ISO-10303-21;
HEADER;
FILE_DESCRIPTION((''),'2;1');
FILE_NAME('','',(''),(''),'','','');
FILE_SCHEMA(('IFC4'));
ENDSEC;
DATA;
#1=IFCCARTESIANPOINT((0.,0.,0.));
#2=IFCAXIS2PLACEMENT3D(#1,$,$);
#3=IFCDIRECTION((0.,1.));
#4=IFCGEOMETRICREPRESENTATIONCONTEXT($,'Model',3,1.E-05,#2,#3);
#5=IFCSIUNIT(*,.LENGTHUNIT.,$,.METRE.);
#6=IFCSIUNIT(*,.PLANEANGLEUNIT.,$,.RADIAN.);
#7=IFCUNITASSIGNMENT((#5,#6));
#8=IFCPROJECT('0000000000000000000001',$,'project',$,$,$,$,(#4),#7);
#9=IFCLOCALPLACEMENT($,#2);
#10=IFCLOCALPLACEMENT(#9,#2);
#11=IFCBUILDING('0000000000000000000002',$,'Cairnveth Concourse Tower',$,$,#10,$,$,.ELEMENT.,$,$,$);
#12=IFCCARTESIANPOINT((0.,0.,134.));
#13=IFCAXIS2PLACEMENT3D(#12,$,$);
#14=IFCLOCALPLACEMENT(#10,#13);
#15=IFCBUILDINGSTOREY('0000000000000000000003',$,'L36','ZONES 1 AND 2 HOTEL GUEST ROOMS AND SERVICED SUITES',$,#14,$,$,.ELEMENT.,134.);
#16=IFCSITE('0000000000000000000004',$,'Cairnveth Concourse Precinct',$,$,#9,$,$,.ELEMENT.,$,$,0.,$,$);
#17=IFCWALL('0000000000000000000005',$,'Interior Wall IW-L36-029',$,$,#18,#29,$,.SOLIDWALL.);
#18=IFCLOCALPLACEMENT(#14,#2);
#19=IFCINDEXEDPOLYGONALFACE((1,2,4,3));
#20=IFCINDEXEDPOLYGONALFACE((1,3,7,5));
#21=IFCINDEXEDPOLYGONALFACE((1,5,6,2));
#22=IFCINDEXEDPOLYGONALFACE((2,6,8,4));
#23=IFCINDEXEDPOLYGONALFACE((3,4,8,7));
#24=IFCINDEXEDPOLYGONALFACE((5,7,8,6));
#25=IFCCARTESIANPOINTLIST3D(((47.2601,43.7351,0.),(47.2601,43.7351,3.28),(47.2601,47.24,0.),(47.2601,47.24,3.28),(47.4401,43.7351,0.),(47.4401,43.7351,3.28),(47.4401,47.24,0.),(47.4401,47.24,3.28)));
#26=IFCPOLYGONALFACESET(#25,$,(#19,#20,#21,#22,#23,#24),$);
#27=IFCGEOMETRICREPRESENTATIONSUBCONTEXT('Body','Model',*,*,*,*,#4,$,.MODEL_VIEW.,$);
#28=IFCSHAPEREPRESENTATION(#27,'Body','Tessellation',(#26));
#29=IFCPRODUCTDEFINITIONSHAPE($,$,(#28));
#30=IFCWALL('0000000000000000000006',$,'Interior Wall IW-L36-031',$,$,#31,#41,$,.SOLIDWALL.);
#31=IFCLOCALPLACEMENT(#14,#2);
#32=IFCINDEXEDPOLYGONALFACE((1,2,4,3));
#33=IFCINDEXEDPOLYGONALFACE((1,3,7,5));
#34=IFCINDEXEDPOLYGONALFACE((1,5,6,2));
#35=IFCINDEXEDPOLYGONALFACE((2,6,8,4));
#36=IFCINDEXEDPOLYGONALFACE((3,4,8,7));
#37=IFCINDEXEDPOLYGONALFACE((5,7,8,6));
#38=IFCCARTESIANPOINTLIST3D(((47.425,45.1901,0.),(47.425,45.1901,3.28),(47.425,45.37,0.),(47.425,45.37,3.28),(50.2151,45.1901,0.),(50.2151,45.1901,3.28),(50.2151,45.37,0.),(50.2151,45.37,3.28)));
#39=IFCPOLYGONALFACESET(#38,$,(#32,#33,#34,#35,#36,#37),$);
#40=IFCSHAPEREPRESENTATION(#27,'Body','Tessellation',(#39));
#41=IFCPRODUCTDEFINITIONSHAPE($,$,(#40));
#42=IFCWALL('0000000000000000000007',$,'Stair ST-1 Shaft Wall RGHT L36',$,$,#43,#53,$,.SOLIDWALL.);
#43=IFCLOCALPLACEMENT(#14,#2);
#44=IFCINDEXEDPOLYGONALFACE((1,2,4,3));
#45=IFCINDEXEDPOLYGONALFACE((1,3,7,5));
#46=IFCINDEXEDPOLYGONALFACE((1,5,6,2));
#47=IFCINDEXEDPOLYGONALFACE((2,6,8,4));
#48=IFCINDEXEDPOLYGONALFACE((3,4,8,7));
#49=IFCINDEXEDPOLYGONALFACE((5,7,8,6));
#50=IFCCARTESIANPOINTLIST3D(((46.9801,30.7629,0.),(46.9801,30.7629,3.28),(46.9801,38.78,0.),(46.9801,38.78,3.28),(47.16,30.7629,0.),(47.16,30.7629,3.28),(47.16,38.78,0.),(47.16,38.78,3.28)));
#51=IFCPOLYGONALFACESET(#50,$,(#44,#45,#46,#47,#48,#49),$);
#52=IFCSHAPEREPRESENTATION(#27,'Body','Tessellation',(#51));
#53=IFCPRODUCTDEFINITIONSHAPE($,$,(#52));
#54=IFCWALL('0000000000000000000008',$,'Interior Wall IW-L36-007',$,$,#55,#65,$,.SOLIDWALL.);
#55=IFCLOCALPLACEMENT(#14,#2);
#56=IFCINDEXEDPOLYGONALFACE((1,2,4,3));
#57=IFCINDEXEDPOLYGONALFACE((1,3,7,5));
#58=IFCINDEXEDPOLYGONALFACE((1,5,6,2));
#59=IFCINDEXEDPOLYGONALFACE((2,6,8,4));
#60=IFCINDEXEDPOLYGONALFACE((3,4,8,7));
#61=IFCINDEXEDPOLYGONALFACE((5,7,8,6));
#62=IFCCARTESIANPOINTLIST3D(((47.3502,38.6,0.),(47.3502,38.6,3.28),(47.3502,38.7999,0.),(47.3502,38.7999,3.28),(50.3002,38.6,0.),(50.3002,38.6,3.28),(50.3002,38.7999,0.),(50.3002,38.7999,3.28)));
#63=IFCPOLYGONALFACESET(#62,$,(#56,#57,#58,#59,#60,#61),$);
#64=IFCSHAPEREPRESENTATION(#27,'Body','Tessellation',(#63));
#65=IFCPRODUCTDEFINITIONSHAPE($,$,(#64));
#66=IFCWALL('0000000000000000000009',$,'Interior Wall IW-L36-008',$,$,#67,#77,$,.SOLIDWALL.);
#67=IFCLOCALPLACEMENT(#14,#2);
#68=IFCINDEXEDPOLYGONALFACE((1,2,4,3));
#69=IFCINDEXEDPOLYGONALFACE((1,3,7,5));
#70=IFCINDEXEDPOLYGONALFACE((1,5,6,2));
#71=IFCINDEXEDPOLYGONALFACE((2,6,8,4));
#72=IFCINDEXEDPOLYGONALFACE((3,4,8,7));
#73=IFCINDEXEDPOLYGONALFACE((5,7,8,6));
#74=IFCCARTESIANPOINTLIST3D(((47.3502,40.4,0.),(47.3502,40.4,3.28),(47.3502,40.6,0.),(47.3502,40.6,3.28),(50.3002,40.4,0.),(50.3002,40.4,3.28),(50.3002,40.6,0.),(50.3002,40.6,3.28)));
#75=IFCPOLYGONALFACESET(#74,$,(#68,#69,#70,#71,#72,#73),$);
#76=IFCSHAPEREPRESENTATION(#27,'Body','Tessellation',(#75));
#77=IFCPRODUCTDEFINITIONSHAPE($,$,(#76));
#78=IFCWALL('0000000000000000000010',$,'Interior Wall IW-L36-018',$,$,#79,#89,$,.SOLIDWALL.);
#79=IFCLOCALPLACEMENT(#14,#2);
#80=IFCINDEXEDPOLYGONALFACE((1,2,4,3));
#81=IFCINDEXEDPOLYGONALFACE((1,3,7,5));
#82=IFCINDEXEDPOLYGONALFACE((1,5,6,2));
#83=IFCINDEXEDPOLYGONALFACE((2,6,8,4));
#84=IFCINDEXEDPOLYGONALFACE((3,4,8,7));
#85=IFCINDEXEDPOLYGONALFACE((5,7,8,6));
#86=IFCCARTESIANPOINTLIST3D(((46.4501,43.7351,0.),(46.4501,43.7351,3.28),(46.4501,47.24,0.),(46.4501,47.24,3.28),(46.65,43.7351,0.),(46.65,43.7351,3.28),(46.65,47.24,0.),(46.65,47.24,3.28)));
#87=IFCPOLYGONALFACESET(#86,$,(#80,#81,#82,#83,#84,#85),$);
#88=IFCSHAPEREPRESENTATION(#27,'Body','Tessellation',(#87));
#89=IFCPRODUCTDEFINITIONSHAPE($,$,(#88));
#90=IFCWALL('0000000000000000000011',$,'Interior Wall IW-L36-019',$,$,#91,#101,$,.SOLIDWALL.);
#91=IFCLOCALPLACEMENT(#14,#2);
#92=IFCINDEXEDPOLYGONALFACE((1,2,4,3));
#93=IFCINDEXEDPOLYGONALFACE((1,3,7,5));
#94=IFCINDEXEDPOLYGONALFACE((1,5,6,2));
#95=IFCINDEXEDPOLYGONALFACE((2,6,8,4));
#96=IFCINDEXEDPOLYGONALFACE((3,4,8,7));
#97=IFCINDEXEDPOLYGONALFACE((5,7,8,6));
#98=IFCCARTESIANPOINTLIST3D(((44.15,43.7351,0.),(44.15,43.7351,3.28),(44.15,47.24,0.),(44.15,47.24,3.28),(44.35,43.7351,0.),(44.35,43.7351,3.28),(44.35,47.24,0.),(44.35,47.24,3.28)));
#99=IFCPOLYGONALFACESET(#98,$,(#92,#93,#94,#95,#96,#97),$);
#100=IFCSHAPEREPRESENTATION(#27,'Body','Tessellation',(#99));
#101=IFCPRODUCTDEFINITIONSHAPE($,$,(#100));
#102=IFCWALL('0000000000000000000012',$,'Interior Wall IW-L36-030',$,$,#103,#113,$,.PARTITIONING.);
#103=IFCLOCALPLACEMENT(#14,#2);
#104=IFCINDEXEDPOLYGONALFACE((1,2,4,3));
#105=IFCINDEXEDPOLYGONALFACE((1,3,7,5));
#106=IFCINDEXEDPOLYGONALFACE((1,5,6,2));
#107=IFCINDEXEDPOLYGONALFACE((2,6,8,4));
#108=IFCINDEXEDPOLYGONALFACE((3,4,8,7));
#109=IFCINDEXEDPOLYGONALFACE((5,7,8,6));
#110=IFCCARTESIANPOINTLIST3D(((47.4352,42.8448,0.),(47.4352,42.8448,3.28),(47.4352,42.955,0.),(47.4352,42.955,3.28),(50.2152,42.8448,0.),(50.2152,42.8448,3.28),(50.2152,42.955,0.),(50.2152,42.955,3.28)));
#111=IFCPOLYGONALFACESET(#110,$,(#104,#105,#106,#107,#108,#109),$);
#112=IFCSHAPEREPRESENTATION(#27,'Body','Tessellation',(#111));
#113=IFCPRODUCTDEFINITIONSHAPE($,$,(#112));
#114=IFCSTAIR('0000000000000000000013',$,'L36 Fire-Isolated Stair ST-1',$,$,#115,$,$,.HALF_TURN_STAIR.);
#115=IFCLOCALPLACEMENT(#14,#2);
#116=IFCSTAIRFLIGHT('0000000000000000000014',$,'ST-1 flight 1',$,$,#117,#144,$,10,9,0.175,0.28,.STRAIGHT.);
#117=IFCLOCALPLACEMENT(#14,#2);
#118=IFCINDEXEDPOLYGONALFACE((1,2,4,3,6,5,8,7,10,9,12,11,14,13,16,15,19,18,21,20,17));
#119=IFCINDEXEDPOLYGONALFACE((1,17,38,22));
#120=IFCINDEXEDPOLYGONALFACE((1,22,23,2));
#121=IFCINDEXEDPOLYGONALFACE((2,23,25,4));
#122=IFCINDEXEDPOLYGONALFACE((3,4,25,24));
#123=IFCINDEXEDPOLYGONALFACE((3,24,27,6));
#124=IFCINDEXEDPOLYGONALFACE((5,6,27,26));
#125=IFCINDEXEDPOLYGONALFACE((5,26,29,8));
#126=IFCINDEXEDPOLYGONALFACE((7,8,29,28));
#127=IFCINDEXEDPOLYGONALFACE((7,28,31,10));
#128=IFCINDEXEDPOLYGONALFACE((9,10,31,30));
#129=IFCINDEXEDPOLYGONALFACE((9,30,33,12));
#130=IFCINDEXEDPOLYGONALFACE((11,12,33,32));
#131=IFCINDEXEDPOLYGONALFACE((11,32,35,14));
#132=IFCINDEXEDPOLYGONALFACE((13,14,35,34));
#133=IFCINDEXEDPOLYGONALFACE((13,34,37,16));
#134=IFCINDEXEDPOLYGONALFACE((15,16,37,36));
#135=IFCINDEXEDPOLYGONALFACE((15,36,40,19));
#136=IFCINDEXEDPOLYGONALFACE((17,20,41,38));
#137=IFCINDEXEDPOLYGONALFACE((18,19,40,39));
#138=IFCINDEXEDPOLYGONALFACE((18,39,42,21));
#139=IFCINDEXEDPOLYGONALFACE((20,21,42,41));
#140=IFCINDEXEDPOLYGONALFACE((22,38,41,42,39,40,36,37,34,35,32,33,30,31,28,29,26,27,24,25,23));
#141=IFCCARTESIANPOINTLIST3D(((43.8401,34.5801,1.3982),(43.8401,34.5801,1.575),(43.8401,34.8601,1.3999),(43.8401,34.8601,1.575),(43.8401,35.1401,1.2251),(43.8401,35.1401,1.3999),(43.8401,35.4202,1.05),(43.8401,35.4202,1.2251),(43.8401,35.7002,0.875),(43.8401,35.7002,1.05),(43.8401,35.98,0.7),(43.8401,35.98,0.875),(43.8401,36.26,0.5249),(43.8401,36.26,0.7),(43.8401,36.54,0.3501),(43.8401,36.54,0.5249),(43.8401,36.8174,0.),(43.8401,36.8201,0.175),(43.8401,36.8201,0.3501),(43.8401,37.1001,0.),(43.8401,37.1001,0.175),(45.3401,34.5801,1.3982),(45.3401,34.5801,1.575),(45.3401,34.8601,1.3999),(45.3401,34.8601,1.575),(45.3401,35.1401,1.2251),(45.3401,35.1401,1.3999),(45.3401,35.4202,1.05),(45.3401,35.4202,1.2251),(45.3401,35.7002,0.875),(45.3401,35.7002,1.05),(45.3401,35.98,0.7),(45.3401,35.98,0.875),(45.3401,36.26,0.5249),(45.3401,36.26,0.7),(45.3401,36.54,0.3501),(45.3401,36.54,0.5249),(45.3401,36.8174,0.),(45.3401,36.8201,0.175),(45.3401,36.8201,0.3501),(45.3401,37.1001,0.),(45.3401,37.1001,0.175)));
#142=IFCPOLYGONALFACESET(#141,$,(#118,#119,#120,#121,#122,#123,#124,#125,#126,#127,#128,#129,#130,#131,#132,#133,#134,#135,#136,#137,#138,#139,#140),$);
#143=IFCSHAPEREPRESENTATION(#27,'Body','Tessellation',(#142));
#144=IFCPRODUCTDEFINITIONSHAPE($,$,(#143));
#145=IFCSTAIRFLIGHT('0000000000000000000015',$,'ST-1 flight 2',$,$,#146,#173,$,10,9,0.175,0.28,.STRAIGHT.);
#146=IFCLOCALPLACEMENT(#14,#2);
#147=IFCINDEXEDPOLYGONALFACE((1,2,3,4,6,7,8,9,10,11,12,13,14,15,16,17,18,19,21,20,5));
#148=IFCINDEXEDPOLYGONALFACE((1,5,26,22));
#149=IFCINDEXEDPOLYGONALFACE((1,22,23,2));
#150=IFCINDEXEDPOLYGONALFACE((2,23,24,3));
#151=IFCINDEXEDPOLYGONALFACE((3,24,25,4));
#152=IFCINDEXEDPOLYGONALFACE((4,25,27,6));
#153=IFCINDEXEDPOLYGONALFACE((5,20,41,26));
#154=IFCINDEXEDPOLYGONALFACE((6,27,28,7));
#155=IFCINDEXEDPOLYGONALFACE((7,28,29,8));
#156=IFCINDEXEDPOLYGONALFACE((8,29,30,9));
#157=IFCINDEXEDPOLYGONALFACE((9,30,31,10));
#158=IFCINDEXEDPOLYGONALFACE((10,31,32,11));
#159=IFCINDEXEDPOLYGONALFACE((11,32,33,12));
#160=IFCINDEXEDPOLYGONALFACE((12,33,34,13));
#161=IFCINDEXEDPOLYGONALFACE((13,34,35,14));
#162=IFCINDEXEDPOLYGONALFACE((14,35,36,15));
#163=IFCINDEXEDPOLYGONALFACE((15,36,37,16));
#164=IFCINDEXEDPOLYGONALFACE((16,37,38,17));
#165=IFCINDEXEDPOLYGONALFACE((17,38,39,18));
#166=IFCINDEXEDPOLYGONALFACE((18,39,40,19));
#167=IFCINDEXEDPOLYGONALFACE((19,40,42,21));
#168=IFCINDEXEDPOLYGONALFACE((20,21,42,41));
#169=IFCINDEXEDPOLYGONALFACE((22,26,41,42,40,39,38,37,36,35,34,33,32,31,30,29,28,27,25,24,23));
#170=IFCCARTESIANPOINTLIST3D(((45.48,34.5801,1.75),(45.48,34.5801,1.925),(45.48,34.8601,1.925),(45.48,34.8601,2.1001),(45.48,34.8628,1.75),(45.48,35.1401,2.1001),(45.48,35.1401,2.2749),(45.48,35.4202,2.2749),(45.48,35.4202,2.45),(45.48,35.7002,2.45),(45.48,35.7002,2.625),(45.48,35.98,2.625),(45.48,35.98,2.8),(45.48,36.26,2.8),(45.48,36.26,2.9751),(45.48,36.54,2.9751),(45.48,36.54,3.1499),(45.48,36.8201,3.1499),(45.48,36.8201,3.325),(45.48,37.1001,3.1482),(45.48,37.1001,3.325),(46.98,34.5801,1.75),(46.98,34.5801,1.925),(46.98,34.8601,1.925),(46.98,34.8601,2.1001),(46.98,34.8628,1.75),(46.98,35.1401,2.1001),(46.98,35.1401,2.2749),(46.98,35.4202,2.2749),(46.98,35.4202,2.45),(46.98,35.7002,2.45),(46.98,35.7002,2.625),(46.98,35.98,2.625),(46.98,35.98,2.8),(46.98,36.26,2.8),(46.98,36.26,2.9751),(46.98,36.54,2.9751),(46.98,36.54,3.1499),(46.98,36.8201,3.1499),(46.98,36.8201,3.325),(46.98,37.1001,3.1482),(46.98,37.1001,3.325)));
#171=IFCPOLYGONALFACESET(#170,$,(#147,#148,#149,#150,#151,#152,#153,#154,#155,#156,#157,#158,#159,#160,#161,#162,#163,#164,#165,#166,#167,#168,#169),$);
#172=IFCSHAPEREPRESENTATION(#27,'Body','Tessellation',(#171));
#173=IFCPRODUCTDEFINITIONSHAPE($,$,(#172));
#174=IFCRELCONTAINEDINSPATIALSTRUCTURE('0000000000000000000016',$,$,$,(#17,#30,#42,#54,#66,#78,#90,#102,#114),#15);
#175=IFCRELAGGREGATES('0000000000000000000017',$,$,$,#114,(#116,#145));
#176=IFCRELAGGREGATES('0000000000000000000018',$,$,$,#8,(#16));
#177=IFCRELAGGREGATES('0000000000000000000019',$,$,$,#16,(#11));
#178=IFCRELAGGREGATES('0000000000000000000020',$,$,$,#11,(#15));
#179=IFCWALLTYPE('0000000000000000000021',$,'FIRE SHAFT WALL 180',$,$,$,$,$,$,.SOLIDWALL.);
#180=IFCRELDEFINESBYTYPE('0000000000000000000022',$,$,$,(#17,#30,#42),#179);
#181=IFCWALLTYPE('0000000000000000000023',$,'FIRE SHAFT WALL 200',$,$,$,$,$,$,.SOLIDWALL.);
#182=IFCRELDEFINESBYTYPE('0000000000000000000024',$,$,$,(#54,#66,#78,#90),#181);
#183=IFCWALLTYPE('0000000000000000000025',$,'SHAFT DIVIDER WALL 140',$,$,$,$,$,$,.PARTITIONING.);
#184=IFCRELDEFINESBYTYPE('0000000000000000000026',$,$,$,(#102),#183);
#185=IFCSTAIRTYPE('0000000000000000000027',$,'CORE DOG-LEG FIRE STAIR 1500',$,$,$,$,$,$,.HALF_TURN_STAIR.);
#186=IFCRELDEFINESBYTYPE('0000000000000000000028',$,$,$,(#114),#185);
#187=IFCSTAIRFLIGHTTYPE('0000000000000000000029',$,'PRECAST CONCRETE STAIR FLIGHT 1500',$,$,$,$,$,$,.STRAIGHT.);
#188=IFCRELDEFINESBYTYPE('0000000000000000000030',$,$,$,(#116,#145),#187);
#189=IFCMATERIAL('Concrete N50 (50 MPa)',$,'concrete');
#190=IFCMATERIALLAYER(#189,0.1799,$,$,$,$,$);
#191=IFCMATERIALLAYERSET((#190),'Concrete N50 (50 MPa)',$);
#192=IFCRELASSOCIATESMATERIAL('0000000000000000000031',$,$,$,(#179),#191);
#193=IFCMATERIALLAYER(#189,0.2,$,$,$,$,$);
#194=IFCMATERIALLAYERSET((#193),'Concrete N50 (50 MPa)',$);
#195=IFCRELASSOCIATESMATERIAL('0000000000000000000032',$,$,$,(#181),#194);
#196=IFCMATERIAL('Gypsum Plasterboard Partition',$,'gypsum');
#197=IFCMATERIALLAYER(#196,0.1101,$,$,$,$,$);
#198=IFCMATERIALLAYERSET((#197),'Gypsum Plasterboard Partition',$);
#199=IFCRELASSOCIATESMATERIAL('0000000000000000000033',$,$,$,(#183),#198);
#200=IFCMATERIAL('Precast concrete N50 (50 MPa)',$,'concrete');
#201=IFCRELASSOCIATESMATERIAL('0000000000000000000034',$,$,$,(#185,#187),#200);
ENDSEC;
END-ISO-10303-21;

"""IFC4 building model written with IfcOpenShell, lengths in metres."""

from ifc_helpers import new_model, si_unit, direction, frame, frame_2d, origin, place, context, subcontext, project, spatial, polyline, rectangle, outline, extrude, material, layer, layer_set, type_object, element, aggregate, save


model = new_model("IFC4")

# Units and contexts
model_context = context("Model", 3, precision=1e-05, world=origin(), true_north=direction((0.0, 1.0)))
body_context = subcontext(model_context, "Body", "Model", "MODEL_VIEW")
ifc_project = project(units=[si_unit("LENGTHUNIT", "METRE"), si_unit("PLANEANGLEUNIT", "RADIAN")], contexts=[model_context])

# Site, building, storey
site_placement = place(None, origin())
site = spatial("IfcSite", under=ifc_project, at=site_placement, Name="Cairnveth Concourse Precinct", CompositionType="ELEMENT", RefElevation=0.0)
building_placement = place(site_placement, origin())
building = spatial("IfcBuilding", under=site, at=building_placement, Name="Cairnveth Concourse Tower", CompositionType="ELEMENT")
storey_placement = place(building_placement, frame((0.0, 0.0, 134.0)))
storey = spatial("IfcBuildingStorey", under=building, at=storey_placement, Name="L36", Description="ZONES 1 AND 2 HOTEL GUEST ROOMS AND SERVICED SUITES", CompositionType="ELEMENT", Elevation=134.0)

# Walls
ifc_material_1 = material(Name="Concrete N50 (50 MPa)", Category="concrete")
ifc_layer_1 = layer(ifc_material_1, 0.1799)
ifc_layer_set_1 = layer_set([ifc_layer_1], Name="Concrete N50 (50 MPa)")
wall_type_1 = type_object("IfcWallType", Name="FIRE SHAFT WALL 180", PredefinedType="SOLIDWALL", material=ifc_layer_set_1)
wall_1_placement = place(storey_placement, frame((47.3501, 43.7351, 0.0), z_axis=(0.0, 0.0, 1.0), x_axis=(0.0, 1.0, 0.0)))
element("IfcWall", 1, at=wall_1_placement, inside=storey, type_object=wall_type_1, Name="Interior Wall IW-L36-029", PredefinedType="SOLIDWALL", context=body_context, shape_type="SweptSolid", body=[
    extrude(rectangle(XDim=3.5049, YDim=0.1799, at=frame_2d((1.7524, 0.0))), origin(), (0.0, 0.0, 1.0), 3.28),
])
wall_2_placement = place(storey_placement, frame((47.425, 45.28, 0.0), z_axis=(0.0, 0.0, 1.0), x_axis=(1.0, 0.0, 0.0)))
element("IfcWall", 2, at=wall_2_placement, inside=storey, type_object=wall_type_1, Name="Interior Wall IW-L36-031", PredefinedType="SOLIDWALL", context=body_context, shape_type="SweptSolid", body=[
    extrude(rectangle(XDim=2.79, YDim=0.1799, at=frame_2d((1.395, 0.0))), origin(), (0.0, 0.0, 1.0), 3.28),
])
wall_3_placement = place(storey_placement, frame((47.0701, 38.78, 0.0), z_axis=(0.0, 0.0, 1.0), x_axis=(0.0, -1.0, 0.0)))
element("IfcWall", 3, at=wall_3_placement, inside=storey, type_object=wall_type_1, Name="Stair ST-1 Shaft Wall RGHT L36", PredefinedType="SOLIDWALL", context=body_context, shape_type="SweptSolid", body=[
    extrude(rectangle(XDim=8.0171, YDim=0.1799, at=frame_2d((4.0085, 0.0))), origin(), (0.0, 0.0, 1.0), 3.28),
])
ifc_layer_2 = layer(ifc_material_1, 0.2)
ifc_layer_set_2 = layer_set([ifc_layer_2], Name="Concrete N50 (50 MPa)")
wall_type_2 = type_object("IfcWallType", Name="FIRE SHAFT WALL 200", PredefinedType="SOLIDWALL", material=ifc_layer_set_2)
for number, where, z_axis, x_axis, name in (
    (4, (47.3501, 38.7, 0.0), (0.0, 0.0, 1.0), (1.0, 0.0, 0.0), "Interior Wall IW-L36-007"),
    (5, (47.3501, 40.5, 0.0), (0.0, 0.0, 1.0), (1.0, 0.0, 0.0), "Interior Wall IW-L36-008"),
):
    element("IfcWall", number, at=place(storey_placement, frame(where, z_axis=z_axis, x_axis=x_axis)), inside=storey, type_object=wall_type_2, Name=name, PredefinedType="SOLIDWALL", context=body_context, shape_type="SweptSolid", body=[
        extrude(rectangle(XDim=2.95, YDim=0.2, at=frame_2d((1.4751, 0.0))), origin(), (0.0, 0.0, 1.0), 3.28),
    ])

# Walls
for number, where, z_axis, x_axis, name in (
    (6, (46.55, 43.7351, 0.0), (0.0, 0.0, 1.0), (0.0, 1.0, 0.0), "Interior Wall IW-L36-018"),
    (7, (44.25, 43.7351, 0.0), (0.0, 0.0, 1.0), (0.0, 1.0, 0.0), "Interior Wall IW-L36-019"),
):
    element("IfcWall", number, at=place(storey_placement, frame(where, z_axis=z_axis, x_axis=x_axis)), inside=storey, type_object=wall_type_2, Name=name, PredefinedType="SOLIDWALL", context=body_context, shape_type="SweptSolid", body=[
        extrude(rectangle(XDim=3.5049, YDim=0.2, at=frame_2d((1.7524, 0.0))), origin(), (0.0, 0.0, 1.0), 3.28),
    ])
ifc_material_2 = material(Name="Gypsum Plasterboard Partition", Category="gypsum")
ifc_layer_3 = layer(ifc_material_2, 0.1101)
ifc_layer_set_3 = layer_set([ifc_layer_3], Name="Gypsum Plasterboard Partition")
wall_type_3 = type_object("IfcWallType", Name="SHAFT DIVIDER WALL 140", PredefinedType="PARTITIONING", material=ifc_layer_set_3)
wall_4_placement = place(storey_placement, frame((47.4351, 42.8999, 0.0), z_axis=(0.0, 0.0, 1.0), x_axis=(1.0, 0.0, 0.0)))
element("IfcWall", 8, at=wall_4_placement, inside=storey, type_object=wall_type_3, Name="Interior Wall IW-L36-030", PredefinedType="PARTITIONING", context=body_context, shape_type="SweptSolid", body=[
    extrude(rectangle(XDim=2.78, YDim=0.1101, at=frame_2d((1.3901, 0.0))), origin(), (0.0, 0.0, 1.0), 3.28),
])

# Stair, stair flights
ifc_material_3 = material(Name="Precast concrete N50 (50 MPa)", Category="concrete")
stair_type = type_object("IfcStairType", Name="CORE DOG-LEG FIRE STAIR 1500", PredefinedType="HALF_TURN_STAIR", material=ifc_material_3)
stair_placement = place(storey_placement, origin())
stair = element("IfcStair", 9, at=stair_placement, inside=storey, type_object=stair_type, Name="L36 Fire-Isolated Stair ST-1", PredefinedType="HALF_TURN_STAIR")
stair_flight_type = type_object("IfcStairFlightType", Name="PRECAST CONCRETE STAIR FLIGHT 1500", PredefinedType="STRAIGHT", material=ifc_material_3)
stair_flight_1_placement = place(storey_placement, frame((44.5901, 37.1001, 0.0), z_axis=(0.0, 0.0, 1.0), x_axis=(0.0, -1.0, 0.0)))
stair_flight_1 = element("IfcStairFlight", 10, at=stair_flight_1_placement, type_object=stair_flight_type, Name="ST-1 flight 1", NumberOfRisers=10, NumberOfTreads=9, PredefinedType="STRAIGHT", RiserHeight=0.175, TreadLength=0.28, context=body_context, shape_type="SweptSolid", body=[
    extrude(outline(polyline([(0.0, 0.0), (0.0, 0.175), (0.28, 0.175), (0.28, 0.3501), (0.5601, 0.3501), (0.5601, 0.5249), (0.8401, 0.5249), (0.8401, 0.7), (1.1201, 0.7), (1.1201, 0.875), (1.3999, 0.875), (1.3999, 1.05), (1.6799, 1.05), (1.6799, 1.2251), (1.96, 1.2251), (1.96, 1.3999), (2.24, 1.3999), (2.24, 1.575), (2.52, 1.575), (2.52, 1.75), (2.52, 1.3982), (0.2827, 0.0), (0.0, 0.0)])), frame((0.0, 0.75, 0.0), z_axis=(0.0, -1.0, 0.0), x_axis=(1.0, 0.0, 0.0)), (0.0, 0.0, 1.0), 1.5),
])
stair_flight_2_placement = place(storey_placement, frame((46.23, 34.5801, 1.75), z_axis=(0.0, 0.0, 1.0), x_axis=(0.0, 1.0, 0.0)))
stair_flight_2 = element("IfcStairFlight", 11, at=stair_flight_2_placement, type_object=stair_flight_type, Name="ST-1 flight 2", NumberOfRisers=10, NumberOfTreads=9, PredefinedType="STRAIGHT", RiserHeight=0.175, TreadLength=0.28, context=body_context, shape_type="SweptSolid", body=[
    extrude(outline(polyline([(0.0, 0.0), (0.0, 0.175), (0.28, 0.175), (0.28, 0.3501), (0.5601, 0.3501), (0.5601, 0.5249), (0.8401, 0.5249), (0.8401, 0.7), (1.1201, 0.7), (1.1201, 0.875), (1.3999, 0.875), (1.3999, 1.05), (1.6799, 1.05), (1.6799, 1.2251), (1.96, 1.2251), (1.96, 1.3999), (2.24, 1.3999), (2.24, 1.575), (2.52, 1.575), (2.52, 1.75), (2.52, 1.3982), (0.2827, 0.0), (0.0, 0.0)])), frame((0.0, 0.75, 0.0), z_axis=(0.0, -1.0, 0.0), x_axis=(1.0, 0.0, 0.0)), (0.0, 0.0, 1.0), 1.5),
])
aggregate(stair, [stair_flight_1, stair_flight_2])

save(model, "model.ifc")
